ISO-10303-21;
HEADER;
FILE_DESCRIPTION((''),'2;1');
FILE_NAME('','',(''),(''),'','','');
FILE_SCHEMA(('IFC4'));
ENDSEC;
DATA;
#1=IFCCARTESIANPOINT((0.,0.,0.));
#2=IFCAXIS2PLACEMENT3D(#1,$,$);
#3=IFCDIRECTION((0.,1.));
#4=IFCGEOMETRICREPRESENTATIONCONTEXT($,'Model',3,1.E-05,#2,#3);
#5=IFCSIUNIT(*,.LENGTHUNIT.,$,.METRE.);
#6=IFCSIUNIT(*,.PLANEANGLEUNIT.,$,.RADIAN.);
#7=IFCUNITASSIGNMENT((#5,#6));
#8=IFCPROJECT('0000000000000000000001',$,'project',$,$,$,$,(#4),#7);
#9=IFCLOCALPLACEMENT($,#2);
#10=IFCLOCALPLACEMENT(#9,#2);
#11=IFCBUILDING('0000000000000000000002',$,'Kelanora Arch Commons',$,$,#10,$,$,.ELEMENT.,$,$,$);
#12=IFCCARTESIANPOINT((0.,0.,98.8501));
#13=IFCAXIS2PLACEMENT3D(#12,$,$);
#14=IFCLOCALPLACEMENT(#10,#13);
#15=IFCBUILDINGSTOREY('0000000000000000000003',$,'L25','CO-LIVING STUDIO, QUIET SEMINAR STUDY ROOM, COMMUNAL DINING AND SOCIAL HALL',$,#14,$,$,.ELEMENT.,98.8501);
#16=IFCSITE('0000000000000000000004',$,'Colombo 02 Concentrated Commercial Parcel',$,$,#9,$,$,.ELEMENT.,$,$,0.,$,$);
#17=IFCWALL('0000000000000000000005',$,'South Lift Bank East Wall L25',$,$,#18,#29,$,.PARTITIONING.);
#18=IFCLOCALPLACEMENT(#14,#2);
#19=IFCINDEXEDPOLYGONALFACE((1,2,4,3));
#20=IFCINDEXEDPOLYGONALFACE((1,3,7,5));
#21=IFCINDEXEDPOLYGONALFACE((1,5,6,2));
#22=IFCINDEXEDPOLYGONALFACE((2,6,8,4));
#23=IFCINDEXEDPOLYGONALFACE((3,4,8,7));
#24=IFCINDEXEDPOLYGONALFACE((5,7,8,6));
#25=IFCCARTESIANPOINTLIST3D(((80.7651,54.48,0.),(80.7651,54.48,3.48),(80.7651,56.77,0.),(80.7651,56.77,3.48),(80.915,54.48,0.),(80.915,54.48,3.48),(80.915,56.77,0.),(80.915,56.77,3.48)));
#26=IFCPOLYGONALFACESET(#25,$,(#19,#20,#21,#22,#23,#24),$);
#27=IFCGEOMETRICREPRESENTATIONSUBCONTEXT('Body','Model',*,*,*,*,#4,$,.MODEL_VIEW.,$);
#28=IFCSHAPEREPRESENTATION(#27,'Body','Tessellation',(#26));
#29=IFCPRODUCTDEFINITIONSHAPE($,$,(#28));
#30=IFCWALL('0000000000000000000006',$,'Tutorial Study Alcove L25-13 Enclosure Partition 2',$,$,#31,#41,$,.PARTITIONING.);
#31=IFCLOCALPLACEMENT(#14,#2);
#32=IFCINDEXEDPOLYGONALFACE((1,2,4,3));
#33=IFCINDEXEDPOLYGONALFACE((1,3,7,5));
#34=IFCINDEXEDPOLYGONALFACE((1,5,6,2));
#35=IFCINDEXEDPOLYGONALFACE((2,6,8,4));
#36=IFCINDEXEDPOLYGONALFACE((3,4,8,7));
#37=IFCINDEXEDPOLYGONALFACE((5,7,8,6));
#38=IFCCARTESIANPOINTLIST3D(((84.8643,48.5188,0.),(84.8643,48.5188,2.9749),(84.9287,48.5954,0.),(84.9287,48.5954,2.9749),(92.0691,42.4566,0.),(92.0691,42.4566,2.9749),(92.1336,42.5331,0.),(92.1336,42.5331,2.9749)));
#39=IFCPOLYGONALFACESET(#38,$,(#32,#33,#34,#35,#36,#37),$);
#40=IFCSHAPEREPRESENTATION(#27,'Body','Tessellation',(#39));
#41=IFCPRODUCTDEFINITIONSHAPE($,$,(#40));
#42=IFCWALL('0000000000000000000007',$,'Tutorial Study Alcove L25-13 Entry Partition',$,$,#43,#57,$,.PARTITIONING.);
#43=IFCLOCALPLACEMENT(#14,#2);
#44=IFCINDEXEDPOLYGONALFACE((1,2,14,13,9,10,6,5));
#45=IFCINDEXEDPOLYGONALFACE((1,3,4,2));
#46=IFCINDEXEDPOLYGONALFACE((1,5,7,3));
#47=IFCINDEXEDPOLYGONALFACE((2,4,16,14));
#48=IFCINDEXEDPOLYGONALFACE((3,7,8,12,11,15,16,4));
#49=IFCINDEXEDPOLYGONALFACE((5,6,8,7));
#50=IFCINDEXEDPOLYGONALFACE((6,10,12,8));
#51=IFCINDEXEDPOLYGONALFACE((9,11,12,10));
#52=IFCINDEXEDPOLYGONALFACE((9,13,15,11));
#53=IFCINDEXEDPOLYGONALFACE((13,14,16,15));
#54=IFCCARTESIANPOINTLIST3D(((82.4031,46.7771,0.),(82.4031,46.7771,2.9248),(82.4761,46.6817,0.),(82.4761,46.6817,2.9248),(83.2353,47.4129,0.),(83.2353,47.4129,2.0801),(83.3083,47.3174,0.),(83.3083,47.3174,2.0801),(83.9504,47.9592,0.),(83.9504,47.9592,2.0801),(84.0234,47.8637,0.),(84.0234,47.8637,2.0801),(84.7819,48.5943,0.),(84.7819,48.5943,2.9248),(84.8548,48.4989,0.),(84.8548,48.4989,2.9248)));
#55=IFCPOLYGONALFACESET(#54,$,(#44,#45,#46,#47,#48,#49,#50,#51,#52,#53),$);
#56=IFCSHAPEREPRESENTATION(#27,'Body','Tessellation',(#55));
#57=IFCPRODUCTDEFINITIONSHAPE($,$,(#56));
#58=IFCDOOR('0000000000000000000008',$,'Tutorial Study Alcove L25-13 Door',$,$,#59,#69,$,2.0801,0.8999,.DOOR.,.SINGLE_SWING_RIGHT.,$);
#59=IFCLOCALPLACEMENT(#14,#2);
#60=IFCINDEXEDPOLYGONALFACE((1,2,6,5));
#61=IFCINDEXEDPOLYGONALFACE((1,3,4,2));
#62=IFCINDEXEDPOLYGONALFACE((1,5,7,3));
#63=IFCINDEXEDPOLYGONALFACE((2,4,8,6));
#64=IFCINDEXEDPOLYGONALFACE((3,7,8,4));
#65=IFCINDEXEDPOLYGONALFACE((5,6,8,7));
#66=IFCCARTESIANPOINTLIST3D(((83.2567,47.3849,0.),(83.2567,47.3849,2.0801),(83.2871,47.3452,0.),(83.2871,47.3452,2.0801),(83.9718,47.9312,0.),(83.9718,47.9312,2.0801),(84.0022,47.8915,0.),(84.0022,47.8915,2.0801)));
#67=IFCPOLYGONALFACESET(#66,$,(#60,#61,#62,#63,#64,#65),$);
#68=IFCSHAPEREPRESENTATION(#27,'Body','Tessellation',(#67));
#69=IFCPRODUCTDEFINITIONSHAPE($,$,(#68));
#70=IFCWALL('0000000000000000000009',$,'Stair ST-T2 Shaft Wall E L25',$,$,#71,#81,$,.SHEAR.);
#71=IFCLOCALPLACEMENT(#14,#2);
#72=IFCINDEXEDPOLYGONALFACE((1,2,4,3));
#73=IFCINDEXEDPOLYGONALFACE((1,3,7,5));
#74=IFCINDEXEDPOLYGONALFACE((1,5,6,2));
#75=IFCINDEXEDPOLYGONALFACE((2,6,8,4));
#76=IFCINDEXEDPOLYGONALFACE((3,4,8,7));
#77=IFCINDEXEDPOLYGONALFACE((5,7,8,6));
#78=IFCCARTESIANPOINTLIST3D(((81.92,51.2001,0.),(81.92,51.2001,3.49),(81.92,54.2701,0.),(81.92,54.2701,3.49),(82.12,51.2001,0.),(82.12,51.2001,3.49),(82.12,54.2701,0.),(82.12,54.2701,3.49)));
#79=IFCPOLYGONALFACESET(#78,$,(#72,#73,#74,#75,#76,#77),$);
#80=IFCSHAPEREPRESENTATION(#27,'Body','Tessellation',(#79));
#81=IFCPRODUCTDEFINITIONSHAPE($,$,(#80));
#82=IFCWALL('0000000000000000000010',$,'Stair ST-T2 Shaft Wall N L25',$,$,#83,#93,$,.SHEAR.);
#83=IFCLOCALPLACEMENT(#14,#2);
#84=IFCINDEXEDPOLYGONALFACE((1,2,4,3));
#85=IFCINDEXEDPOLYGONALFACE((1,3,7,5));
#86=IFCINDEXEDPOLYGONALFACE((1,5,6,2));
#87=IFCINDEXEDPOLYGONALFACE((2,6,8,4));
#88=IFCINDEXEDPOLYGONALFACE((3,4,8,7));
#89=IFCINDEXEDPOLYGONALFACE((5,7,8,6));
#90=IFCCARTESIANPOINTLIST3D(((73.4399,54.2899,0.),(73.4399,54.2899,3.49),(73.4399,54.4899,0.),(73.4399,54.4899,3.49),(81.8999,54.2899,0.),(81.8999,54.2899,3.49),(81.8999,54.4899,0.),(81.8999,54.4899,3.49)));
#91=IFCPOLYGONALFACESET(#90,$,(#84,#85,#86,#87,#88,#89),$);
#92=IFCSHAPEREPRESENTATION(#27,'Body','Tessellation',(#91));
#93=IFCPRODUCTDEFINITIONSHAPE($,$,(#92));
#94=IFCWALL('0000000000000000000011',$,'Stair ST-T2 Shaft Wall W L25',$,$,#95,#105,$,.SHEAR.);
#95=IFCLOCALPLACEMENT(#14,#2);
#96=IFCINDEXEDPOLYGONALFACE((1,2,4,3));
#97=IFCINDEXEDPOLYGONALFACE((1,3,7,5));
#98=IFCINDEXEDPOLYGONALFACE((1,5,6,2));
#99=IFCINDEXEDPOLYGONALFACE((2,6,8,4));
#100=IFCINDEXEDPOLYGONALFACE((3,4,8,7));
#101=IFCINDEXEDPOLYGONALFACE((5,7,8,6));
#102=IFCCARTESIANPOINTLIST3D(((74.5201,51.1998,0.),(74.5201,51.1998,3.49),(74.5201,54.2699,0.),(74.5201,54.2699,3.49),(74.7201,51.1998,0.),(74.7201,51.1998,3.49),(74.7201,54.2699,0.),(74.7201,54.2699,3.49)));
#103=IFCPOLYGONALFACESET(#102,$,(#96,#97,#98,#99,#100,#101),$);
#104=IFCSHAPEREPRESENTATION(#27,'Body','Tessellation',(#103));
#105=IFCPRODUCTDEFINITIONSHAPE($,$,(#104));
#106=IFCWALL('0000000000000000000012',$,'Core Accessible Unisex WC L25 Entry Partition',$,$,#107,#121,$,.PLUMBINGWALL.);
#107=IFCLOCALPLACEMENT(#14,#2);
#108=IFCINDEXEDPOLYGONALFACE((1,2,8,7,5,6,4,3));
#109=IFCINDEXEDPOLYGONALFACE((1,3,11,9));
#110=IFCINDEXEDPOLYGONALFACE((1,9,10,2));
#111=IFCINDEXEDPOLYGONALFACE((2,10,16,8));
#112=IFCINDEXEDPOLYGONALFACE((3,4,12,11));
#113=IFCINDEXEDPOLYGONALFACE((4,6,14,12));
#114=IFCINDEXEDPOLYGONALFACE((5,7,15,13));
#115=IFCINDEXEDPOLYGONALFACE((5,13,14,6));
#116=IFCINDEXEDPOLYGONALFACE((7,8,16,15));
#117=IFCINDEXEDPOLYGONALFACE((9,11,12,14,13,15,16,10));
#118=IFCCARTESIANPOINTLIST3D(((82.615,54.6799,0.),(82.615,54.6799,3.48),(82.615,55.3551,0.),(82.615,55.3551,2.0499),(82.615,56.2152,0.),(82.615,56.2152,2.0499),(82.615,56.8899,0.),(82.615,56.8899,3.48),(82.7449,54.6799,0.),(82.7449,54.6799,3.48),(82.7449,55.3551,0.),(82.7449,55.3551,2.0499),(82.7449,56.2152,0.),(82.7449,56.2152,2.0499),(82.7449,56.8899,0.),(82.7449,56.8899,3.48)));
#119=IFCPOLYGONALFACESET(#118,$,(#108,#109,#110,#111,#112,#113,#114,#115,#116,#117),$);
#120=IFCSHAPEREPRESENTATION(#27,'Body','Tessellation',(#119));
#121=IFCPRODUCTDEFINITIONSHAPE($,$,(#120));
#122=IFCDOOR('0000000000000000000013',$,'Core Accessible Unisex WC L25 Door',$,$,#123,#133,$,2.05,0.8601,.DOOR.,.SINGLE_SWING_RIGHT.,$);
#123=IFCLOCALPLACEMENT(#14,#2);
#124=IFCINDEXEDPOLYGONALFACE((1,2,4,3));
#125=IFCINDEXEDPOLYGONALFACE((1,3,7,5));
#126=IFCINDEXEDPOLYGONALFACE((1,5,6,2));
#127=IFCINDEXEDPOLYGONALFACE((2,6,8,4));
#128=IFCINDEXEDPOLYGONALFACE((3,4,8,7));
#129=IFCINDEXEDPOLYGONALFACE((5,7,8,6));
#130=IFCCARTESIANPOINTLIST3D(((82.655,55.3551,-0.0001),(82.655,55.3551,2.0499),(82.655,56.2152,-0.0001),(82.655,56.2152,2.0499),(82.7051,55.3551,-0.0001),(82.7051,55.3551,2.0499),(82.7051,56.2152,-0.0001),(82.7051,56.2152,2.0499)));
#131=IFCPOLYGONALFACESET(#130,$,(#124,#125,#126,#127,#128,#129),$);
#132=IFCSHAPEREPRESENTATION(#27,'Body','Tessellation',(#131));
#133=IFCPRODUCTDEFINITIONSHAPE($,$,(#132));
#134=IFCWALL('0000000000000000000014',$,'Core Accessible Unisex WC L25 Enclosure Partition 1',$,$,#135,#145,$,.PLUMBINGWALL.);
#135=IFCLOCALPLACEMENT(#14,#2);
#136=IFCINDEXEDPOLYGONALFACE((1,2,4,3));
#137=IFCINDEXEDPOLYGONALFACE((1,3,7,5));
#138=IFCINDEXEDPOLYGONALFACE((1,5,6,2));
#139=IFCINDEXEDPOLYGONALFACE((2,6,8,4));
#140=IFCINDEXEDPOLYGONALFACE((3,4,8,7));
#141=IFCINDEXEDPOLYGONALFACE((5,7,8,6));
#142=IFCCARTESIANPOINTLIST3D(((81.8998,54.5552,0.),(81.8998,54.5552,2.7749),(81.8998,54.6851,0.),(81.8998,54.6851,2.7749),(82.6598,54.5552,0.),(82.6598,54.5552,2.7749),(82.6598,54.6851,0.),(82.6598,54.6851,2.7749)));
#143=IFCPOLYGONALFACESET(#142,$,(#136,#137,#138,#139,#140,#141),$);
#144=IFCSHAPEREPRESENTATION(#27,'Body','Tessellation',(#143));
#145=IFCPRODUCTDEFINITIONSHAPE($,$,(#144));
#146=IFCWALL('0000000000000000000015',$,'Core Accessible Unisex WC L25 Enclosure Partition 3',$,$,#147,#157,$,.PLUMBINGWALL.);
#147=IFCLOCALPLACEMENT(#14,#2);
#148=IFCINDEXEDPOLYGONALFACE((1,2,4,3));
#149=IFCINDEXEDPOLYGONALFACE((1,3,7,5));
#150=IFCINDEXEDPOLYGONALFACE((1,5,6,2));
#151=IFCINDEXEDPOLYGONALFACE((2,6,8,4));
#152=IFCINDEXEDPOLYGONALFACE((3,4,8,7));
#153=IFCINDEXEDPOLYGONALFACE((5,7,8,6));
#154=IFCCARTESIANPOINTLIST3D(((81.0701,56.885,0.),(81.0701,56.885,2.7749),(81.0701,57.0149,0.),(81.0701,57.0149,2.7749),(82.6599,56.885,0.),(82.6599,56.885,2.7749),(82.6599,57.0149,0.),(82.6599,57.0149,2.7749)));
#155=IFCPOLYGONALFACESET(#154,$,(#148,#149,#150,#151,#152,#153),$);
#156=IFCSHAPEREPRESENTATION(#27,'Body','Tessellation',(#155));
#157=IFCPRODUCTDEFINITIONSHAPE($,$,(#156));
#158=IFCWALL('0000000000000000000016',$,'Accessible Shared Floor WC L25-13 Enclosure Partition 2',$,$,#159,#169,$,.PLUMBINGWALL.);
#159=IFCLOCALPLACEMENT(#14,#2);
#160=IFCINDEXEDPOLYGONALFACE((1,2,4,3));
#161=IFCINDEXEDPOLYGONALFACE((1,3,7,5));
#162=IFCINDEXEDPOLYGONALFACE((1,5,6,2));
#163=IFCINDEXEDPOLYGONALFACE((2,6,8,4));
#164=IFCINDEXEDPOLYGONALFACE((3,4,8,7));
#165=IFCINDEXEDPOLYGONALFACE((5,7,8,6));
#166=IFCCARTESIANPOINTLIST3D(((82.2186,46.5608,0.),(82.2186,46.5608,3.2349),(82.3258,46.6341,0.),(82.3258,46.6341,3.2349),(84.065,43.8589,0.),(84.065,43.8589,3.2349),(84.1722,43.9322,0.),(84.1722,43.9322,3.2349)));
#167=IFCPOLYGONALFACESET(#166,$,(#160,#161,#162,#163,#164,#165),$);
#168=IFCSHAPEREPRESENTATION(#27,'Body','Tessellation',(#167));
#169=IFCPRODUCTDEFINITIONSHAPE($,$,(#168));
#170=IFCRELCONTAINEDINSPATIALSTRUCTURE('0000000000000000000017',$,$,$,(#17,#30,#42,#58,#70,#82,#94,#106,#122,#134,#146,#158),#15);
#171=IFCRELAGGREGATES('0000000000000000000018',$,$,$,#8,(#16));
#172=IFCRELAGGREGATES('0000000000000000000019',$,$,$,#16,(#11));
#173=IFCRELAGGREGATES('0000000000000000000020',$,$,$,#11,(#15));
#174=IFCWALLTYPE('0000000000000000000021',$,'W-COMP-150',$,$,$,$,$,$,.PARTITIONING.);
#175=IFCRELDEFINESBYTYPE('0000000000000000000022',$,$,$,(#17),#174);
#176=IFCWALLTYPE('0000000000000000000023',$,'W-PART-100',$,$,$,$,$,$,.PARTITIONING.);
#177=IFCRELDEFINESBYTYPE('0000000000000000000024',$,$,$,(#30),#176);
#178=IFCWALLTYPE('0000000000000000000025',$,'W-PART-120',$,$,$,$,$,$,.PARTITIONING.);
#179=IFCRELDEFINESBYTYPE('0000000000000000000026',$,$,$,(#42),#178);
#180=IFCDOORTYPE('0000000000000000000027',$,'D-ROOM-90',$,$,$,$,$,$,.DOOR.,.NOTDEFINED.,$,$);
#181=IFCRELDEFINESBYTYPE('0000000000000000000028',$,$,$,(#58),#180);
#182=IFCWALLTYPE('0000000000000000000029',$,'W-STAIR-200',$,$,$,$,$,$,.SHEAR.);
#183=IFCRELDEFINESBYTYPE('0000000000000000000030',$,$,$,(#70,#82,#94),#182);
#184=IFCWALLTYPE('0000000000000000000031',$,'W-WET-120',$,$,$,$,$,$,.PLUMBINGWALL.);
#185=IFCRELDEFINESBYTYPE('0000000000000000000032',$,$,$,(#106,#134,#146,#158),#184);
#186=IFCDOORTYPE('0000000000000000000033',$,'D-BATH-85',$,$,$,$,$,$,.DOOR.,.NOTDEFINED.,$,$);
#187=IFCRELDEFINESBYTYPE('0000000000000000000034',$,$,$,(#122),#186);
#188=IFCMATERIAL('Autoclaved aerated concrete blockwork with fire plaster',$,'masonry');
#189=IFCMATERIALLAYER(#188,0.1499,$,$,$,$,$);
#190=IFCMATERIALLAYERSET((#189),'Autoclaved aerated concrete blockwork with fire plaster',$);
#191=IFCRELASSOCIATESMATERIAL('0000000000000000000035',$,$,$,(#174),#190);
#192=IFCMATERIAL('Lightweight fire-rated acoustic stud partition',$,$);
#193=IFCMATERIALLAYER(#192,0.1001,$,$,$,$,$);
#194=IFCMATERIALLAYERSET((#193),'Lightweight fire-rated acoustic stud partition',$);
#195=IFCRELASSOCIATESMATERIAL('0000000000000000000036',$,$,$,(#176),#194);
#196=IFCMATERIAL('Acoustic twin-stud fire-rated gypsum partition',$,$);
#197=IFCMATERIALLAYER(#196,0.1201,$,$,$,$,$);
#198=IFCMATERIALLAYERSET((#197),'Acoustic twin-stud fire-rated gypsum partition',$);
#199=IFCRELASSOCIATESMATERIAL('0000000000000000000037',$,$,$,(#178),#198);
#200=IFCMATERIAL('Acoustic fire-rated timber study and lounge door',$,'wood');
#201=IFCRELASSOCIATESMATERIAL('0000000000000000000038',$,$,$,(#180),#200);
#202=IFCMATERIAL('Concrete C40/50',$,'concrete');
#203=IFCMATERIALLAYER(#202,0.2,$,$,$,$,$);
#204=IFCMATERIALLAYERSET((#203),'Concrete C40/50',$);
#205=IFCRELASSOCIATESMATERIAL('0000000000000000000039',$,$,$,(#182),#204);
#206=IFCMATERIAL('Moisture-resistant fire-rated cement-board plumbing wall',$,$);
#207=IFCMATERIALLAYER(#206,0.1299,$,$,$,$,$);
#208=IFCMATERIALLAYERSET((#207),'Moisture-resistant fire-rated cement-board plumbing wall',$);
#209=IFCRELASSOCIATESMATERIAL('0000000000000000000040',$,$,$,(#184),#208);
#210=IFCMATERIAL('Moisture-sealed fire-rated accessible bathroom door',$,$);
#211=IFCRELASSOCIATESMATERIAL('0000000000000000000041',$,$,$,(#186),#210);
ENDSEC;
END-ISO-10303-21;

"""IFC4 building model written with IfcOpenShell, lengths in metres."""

from ifc_helpers import new_model, si_unit, direction, frame, frame_2d, origin, place, context, subcontext, project, spatial, rectangle, extrude, material, layer, layer_set, type_object, element, fill, save


model = new_model("IFC4")

# Units and contexts
model_context = context("Model", 3, precision=1e-05, world=origin(), true_north=direction((0.0, 1.0)))
body_context = subcontext(model_context, "Body", "Model", "MODEL_VIEW")
ifc_project = project(units=[si_unit("LENGTHUNIT", "METRE"), si_unit("PLANEANGLEUNIT", "RADIAN")], contexts=[model_context])

# Site, building, storey
site_placement = place(None, origin())
site = spatial("IfcSite", under=ifc_project, at=site_placement, Name="Colombo 02 Concentrated Commercial Parcel", CompositionType="ELEMENT", RefElevation=0.0)
building_placement = place(site_placement, origin())
building = spatial("IfcBuilding", under=site, at=building_placement, Name="Kelanora Arch Commons", CompositionType="ELEMENT")
storey_placement = place(building_placement, frame((0.0, 0.0, 98.8501)))
storey = spatial("IfcBuildingStorey", under=building, at=storey_placement, Name="L25", Description="CO-LIVING STUDIO, QUIET SEMINAR STUDY ROOM, COMMUNAL DINING AND SOCIAL HALL", CompositionType="ELEMENT", Elevation=98.8501)

# Walls
ifc_material_1 = material(Name="Autoclaved aerated concrete blockwork with fire plaster", Category="masonry")
ifc_layer_1 = layer(ifc_material_1, 0.1499)
ifc_layer_set_1 = layer_set([ifc_layer_1], Name="Autoclaved aerated concrete blockwork with fire plaster")
wall_type_1 = type_object("IfcWallType", Name="W-COMP-150", PredefinedType="PARTITIONING", material=ifc_layer_set_1)
wall_1_placement = place(storey_placement, frame((80.8401, 54.48, 0.0), z_axis=(0.0, 0.0, 1.0), x_axis=(0.0, 1.0, 0.0)))
element("IfcWall", 1, at=wall_1_placement, inside=storey, type_object=wall_type_1, Name="South Lift Bank East Wall L25", PredefinedType="PARTITIONING", context=body_context, shape_type="SweptSolid", body=[
    extrude(rectangle(XDim=2.29, YDim=0.1499, at=frame_2d((1.145, 0.0))), origin(), (0.0, 0.0, 1.0), 3.48),
])
ifc_material_2 = material(Name="Lightweight fire-rated acoustic stud partition")
ifc_layer_2 = layer(ifc_material_2, 0.1001)
ifc_layer_set_2 = layer_set([ifc_layer_2], Name="Lightweight fire-rated acoustic stud partition")
wall_type_2 = type_object("IfcWallType", Name="W-PART-100", PredefinedType="PARTITIONING", material=ifc_layer_set_2)
wall_2_placement = place(storey_placement, frame((84.8965, 48.5571, 0.0), z_axis=(0.0, 0.0, 1.0), x_axis=(0.765171, -0.643827, 0.0)))
element("IfcWall", 2, at=wall_2_placement, inside=storey, type_object=wall_type_2, Name="Tutorial Study Alcove L25-13 Enclosure Partition 2", PredefinedType="PARTITIONING", context=body_context, shape_type="SweptSolid", body=[
    extrude(rectangle(XDim=9.416, YDim=0.1001, at=frame_2d((4.708, 0.0))), origin(), (0.0, 0.0, 1.0), 2.9749),
])

# Wall, opening, door
ifc_material_3 = material(Name="Acoustic twin-stud fire-rated gypsum partition")
ifc_layer_3 = layer(ifc_material_3, 0.1201)
ifc_layer_set_3 = layer_set([ifc_layer_3], Name="Acoustic twin-stud fire-rated gypsum partition")
wall_type_3 = type_object("IfcWallType", Name="W-PART-120", PredefinedType="PARTITIONING", material=ifc_layer_set_3)
wall_3_placement = place(storey_placement, frame((82.4397, 46.7295, 0.0), z_axis=(0.0, 0.0, 1.0), x_axis=(0.794654, 0.607063, 0.0)))
wall_3 = element("IfcWall", 3, at=wall_3_placement, inside=storey, type_object=wall_type_3, Name="Tutorial Study Alcove L25-13 Entry Partition", PredefinedType="PARTITIONING", context=body_context, shape_type="SweptSolid", body=[
    extrude(rectangle(XDim=2.9934, YDim=0.1201, at=frame_2d((1.4966, 0.0))), origin(), (0.0, 0.0, 1.0), 2.9248),
])
opening_1_placement = place(wall_3_placement, frame((1.0471, 0.0, 0.0)))
opening_1 = element("IfcOpeningElement", 4, at=opening_1_placement, cuts=wall_3, PredefinedType="OPENING", context=body_context, shape_type="SweptSolid", body=[
    extrude(rectangle(XDim=0.8999, YDim=2.0801, at=frame_2d((0.45, 1.04))), frame((0.0, 0.0701, 0.0), z_axis=(0.0, -1.0, 0.0), x_axis=(1.0, 0.0, 0.0)), (0.0, 0.0, 1.0), 0.1401),
])
ifc_material_4 = material(Name="Acoustic fire-rated timber study and lounge door", Category="wood")
door_type_1 = type_object("IfcDoorType", Name="D-ROOM-90", OperationType="NOTDEFINED", PredefinedType="DOOR", material=ifc_material_4)
door_1_placement = place(opening_1_placement, origin())
door_1 = element("IfcDoor", 5, at=door_1_placement, inside=storey, type_object=door_type_1, Name="Tutorial Study Alcove L25-13 Door", OperationType="SINGLE_SWING_RIGHT", OverallHeight=2.0801, OverallWidth=0.8999, PredefinedType="DOOR", context=body_context, shape_type="SweptSolid", body=[
    extrude(rectangle(XDim=0.8999, YDim=2.0801, at=frame_2d((0.45, 1.04))), frame((0.0, 0.0249, 0.0), z_axis=(0.0, -1.0, 0.0), x_axis=(1.0, 0.0, 0.0)), (0.0, 0.0, 1.0), 0.05),
])
fill(opening_1, door_1)

# Walls
ifc_material_5 = material(Name="Concrete C40/50", Category="concrete")
ifc_layer_4 = layer(ifc_material_5, 0.2)
ifc_layer_set_4 = layer_set([ifc_layer_4], Name="Concrete C40/50")
wall_type_4 = type_object("IfcWallType", Name="W-STAIR-200", PredefinedType="SHEAR", material=ifc_layer_set_4)
wall_4_placement = place(storey_placement, frame((82.02, 51.2, 0.0), z_axis=(0.0, 0.0, 1.0), x_axis=(0.0, 1.0, 0.0)))
element("IfcWall", 6, at=wall_4_placement, inside=storey, type_object=wall_type_4, Name="Stair ST-T2 Shaft Wall E L25", PredefinedType="SHEAR", context=body_context, shape_type="SweptSolid", body=[
    extrude(rectangle(XDim=3.0701, YDim=0.2, at=frame_2d((1.5352, 0.0))), origin(), (0.0, 0.0, 1.0), 3.49),
])
wall_5_placement = place(storey_placement, frame((81.8999, 54.3899, 0.0), z_axis=(0.0, 0.0, 1.0), x_axis=(-1.0, 0.0, 0.0)))
element("IfcWall", 7, at=wall_5_placement, inside=storey, type_object=wall_type_4, Name="Stair ST-T2 Shaft Wall N L25", PredefinedType="SHEAR", context=body_context, shape_type="SweptSolid", body=[
    extrude(rectangle(XDim=8.46, YDim=0.2, at=frame_2d((4.23, 0.0))), origin(), (0.0, 0.0, 1.0), 3.49),
])
wall_6_placement = place(storey_placement, frame((74.6201, 54.27, 0.0), z_axis=(0.0, 0.0, 1.0), x_axis=(0.0, -1.0, 0.0)))
element("IfcWall", 8, at=wall_6_placement, inside=storey, type_object=wall_type_4, Name="Stair ST-T2 Shaft Wall W L25", PredefinedType="SHEAR", context=body_context, shape_type="SweptSolid", body=[
    extrude(rectangle(XDim=3.0701, YDim=0.2, at=frame_2d((1.5352, 0.0))), origin(), (0.0, 0.0, 1.0), 3.49),
])

# Wall, opening, door
ifc_material_6 = material(Name="Moisture-resistant fire-rated cement-board plumbing wall")
ifc_layer_5 = layer(ifc_material_6, 0.1299)
ifc_layer_set_5 = layer_set([ifc_layer_5], Name="Moisture-resistant fire-rated cement-board plumbing wall")
wall_type_5 = type_object("IfcWallType", Name="W-WET-120", PredefinedType="PLUMBINGWALL", material=ifc_layer_set_5)
wall_7_placement = place(storey_placement, frame((82.6799, 54.6799, 0.0), z_axis=(0.0, 0.0, 1.0), x_axis=(0.0, 1.0, 0.0)))
wall_7 = element("IfcWall", 9, at=wall_7_placement, inside=storey, type_object=wall_type_5, Name="Core Accessible Unisex WC L25 Entry Partition", PredefinedType="PLUMBINGWALL", context=body_context, shape_type="SweptSolid", body=[
    extrude(rectangle(XDim=2.21, YDim=0.1299, at=frame_2d((1.105, 0.0))), origin(), (0.0, 0.0, 1.0), 3.48),
])
opening_2_placement = place(wall_7_placement, frame((0.675, 0.0, 0.0)))
opening_2 = element("IfcOpeningElement", 10, at=opening_2_placement, cuts=wall_7, PredefinedType="OPENING", context=body_context, shape_type="SweptSolid", body=[
    extrude(rectangle(XDim=0.8601, YDim=2.05, at=frame_2d((0.4302, 1.0249))), frame((0.0, 0.075, 0.0), z_axis=(0.0, -1.0, 0.0), x_axis=(1.0, 0.0, 0.0)), (0.0, 0.0, 1.0), 0.1499),
])
ifc_material_7 = material(Name="Moisture-sealed fire-rated accessible bathroom door")
door_type_2 = type_object("IfcDoorType", Name="D-BATH-85", OperationType="NOTDEFINED", PredefinedType="DOOR", material=ifc_material_7)
door_2_placement = place(opening_2_placement, origin())
door_2 = element("IfcDoor", 11, at=door_2_placement, inside=storey, type_object=door_type_2, Name="Core Accessible Unisex WC L25 Door", OperationType="SINGLE_SWING_RIGHT", OverallHeight=2.05, OverallWidth=0.8601, PredefinedType="DOOR", context=body_context, shape_type="SweptSolid", body=[
    extrude(rectangle(XDim=0.8601, YDim=2.05, at=frame_2d((0.4302, 1.0249))), frame((0.0, 0.0249, 0.0), z_axis=(0.0, -1.0, 0.0), x_axis=(1.0, 0.0, 0.0)), (0.0, 0.0, 1.0), 0.05),
])
fill(opening_2, door_2)

# Walls
wall_8_placement = place(storey_placement, frame((81.8999, 54.6201, 0.0), z_axis=(0.0, 0.0, 1.0), x_axis=(1.0, 0.0, 0.0)))
element("IfcWall", 12, at=wall_8_placement, inside=storey, type_object=wall_type_5, Name="Core Accessible Unisex WC L25 Enclosure Partition 1", PredefinedType="PLUMBINGWALL", context=body_context, shape_type="SweptSolid", body=[
    extrude(rectangle(XDim=0.76, YDim=0.1299, at=frame_2d((0.3799, 0.0))), origin(), (0.0, 0.0, 1.0), 2.7749),
])
wall_9_placement = place(storey_placement, frame((82.6599, 56.95, 0.0), z_axis=(0.0, 0.0, 1.0), x_axis=(-1.0, 0.0, 0.0)))
element("IfcWall", 13, at=wall_9_placement, inside=storey, type_object=wall_type_5, Name="Core Accessible Unisex WC L25 Enclosure Partition 3", PredefinedType="PLUMBINGWALL", context=body_context, shape_type="SweptSolid", body=[
    extrude(rectangle(XDim=1.5898, YDim=0.1299, at=frame_2d((0.7949, 0.0))), origin(), (0.0, 0.0, 1.0), 2.7749),
])
wall_10_placement = place(storey_placement, frame((82.2722, 46.5974, 0.0), z_axis=(0.0, 0.0, 1.0), x_axis=(0.564218, -0.825626, 0.0)))
element("IfcWall", 14, at=wall_10_placement, inside=storey, type_object=wall_type_5, Name="Accessible Shared Floor WC L25-13 Enclosure Partition 2", PredefinedType="PLUMBINGWALL", context=body_context, shape_type="SweptSolid", body=[
    extrude(rectangle(XDim=3.2725, YDim=0.1299, at=frame_2d((1.6362, 0.0))), origin(), (0.0, 0.0, 1.0), 3.2349),
])

save(model, "model.ifc")
